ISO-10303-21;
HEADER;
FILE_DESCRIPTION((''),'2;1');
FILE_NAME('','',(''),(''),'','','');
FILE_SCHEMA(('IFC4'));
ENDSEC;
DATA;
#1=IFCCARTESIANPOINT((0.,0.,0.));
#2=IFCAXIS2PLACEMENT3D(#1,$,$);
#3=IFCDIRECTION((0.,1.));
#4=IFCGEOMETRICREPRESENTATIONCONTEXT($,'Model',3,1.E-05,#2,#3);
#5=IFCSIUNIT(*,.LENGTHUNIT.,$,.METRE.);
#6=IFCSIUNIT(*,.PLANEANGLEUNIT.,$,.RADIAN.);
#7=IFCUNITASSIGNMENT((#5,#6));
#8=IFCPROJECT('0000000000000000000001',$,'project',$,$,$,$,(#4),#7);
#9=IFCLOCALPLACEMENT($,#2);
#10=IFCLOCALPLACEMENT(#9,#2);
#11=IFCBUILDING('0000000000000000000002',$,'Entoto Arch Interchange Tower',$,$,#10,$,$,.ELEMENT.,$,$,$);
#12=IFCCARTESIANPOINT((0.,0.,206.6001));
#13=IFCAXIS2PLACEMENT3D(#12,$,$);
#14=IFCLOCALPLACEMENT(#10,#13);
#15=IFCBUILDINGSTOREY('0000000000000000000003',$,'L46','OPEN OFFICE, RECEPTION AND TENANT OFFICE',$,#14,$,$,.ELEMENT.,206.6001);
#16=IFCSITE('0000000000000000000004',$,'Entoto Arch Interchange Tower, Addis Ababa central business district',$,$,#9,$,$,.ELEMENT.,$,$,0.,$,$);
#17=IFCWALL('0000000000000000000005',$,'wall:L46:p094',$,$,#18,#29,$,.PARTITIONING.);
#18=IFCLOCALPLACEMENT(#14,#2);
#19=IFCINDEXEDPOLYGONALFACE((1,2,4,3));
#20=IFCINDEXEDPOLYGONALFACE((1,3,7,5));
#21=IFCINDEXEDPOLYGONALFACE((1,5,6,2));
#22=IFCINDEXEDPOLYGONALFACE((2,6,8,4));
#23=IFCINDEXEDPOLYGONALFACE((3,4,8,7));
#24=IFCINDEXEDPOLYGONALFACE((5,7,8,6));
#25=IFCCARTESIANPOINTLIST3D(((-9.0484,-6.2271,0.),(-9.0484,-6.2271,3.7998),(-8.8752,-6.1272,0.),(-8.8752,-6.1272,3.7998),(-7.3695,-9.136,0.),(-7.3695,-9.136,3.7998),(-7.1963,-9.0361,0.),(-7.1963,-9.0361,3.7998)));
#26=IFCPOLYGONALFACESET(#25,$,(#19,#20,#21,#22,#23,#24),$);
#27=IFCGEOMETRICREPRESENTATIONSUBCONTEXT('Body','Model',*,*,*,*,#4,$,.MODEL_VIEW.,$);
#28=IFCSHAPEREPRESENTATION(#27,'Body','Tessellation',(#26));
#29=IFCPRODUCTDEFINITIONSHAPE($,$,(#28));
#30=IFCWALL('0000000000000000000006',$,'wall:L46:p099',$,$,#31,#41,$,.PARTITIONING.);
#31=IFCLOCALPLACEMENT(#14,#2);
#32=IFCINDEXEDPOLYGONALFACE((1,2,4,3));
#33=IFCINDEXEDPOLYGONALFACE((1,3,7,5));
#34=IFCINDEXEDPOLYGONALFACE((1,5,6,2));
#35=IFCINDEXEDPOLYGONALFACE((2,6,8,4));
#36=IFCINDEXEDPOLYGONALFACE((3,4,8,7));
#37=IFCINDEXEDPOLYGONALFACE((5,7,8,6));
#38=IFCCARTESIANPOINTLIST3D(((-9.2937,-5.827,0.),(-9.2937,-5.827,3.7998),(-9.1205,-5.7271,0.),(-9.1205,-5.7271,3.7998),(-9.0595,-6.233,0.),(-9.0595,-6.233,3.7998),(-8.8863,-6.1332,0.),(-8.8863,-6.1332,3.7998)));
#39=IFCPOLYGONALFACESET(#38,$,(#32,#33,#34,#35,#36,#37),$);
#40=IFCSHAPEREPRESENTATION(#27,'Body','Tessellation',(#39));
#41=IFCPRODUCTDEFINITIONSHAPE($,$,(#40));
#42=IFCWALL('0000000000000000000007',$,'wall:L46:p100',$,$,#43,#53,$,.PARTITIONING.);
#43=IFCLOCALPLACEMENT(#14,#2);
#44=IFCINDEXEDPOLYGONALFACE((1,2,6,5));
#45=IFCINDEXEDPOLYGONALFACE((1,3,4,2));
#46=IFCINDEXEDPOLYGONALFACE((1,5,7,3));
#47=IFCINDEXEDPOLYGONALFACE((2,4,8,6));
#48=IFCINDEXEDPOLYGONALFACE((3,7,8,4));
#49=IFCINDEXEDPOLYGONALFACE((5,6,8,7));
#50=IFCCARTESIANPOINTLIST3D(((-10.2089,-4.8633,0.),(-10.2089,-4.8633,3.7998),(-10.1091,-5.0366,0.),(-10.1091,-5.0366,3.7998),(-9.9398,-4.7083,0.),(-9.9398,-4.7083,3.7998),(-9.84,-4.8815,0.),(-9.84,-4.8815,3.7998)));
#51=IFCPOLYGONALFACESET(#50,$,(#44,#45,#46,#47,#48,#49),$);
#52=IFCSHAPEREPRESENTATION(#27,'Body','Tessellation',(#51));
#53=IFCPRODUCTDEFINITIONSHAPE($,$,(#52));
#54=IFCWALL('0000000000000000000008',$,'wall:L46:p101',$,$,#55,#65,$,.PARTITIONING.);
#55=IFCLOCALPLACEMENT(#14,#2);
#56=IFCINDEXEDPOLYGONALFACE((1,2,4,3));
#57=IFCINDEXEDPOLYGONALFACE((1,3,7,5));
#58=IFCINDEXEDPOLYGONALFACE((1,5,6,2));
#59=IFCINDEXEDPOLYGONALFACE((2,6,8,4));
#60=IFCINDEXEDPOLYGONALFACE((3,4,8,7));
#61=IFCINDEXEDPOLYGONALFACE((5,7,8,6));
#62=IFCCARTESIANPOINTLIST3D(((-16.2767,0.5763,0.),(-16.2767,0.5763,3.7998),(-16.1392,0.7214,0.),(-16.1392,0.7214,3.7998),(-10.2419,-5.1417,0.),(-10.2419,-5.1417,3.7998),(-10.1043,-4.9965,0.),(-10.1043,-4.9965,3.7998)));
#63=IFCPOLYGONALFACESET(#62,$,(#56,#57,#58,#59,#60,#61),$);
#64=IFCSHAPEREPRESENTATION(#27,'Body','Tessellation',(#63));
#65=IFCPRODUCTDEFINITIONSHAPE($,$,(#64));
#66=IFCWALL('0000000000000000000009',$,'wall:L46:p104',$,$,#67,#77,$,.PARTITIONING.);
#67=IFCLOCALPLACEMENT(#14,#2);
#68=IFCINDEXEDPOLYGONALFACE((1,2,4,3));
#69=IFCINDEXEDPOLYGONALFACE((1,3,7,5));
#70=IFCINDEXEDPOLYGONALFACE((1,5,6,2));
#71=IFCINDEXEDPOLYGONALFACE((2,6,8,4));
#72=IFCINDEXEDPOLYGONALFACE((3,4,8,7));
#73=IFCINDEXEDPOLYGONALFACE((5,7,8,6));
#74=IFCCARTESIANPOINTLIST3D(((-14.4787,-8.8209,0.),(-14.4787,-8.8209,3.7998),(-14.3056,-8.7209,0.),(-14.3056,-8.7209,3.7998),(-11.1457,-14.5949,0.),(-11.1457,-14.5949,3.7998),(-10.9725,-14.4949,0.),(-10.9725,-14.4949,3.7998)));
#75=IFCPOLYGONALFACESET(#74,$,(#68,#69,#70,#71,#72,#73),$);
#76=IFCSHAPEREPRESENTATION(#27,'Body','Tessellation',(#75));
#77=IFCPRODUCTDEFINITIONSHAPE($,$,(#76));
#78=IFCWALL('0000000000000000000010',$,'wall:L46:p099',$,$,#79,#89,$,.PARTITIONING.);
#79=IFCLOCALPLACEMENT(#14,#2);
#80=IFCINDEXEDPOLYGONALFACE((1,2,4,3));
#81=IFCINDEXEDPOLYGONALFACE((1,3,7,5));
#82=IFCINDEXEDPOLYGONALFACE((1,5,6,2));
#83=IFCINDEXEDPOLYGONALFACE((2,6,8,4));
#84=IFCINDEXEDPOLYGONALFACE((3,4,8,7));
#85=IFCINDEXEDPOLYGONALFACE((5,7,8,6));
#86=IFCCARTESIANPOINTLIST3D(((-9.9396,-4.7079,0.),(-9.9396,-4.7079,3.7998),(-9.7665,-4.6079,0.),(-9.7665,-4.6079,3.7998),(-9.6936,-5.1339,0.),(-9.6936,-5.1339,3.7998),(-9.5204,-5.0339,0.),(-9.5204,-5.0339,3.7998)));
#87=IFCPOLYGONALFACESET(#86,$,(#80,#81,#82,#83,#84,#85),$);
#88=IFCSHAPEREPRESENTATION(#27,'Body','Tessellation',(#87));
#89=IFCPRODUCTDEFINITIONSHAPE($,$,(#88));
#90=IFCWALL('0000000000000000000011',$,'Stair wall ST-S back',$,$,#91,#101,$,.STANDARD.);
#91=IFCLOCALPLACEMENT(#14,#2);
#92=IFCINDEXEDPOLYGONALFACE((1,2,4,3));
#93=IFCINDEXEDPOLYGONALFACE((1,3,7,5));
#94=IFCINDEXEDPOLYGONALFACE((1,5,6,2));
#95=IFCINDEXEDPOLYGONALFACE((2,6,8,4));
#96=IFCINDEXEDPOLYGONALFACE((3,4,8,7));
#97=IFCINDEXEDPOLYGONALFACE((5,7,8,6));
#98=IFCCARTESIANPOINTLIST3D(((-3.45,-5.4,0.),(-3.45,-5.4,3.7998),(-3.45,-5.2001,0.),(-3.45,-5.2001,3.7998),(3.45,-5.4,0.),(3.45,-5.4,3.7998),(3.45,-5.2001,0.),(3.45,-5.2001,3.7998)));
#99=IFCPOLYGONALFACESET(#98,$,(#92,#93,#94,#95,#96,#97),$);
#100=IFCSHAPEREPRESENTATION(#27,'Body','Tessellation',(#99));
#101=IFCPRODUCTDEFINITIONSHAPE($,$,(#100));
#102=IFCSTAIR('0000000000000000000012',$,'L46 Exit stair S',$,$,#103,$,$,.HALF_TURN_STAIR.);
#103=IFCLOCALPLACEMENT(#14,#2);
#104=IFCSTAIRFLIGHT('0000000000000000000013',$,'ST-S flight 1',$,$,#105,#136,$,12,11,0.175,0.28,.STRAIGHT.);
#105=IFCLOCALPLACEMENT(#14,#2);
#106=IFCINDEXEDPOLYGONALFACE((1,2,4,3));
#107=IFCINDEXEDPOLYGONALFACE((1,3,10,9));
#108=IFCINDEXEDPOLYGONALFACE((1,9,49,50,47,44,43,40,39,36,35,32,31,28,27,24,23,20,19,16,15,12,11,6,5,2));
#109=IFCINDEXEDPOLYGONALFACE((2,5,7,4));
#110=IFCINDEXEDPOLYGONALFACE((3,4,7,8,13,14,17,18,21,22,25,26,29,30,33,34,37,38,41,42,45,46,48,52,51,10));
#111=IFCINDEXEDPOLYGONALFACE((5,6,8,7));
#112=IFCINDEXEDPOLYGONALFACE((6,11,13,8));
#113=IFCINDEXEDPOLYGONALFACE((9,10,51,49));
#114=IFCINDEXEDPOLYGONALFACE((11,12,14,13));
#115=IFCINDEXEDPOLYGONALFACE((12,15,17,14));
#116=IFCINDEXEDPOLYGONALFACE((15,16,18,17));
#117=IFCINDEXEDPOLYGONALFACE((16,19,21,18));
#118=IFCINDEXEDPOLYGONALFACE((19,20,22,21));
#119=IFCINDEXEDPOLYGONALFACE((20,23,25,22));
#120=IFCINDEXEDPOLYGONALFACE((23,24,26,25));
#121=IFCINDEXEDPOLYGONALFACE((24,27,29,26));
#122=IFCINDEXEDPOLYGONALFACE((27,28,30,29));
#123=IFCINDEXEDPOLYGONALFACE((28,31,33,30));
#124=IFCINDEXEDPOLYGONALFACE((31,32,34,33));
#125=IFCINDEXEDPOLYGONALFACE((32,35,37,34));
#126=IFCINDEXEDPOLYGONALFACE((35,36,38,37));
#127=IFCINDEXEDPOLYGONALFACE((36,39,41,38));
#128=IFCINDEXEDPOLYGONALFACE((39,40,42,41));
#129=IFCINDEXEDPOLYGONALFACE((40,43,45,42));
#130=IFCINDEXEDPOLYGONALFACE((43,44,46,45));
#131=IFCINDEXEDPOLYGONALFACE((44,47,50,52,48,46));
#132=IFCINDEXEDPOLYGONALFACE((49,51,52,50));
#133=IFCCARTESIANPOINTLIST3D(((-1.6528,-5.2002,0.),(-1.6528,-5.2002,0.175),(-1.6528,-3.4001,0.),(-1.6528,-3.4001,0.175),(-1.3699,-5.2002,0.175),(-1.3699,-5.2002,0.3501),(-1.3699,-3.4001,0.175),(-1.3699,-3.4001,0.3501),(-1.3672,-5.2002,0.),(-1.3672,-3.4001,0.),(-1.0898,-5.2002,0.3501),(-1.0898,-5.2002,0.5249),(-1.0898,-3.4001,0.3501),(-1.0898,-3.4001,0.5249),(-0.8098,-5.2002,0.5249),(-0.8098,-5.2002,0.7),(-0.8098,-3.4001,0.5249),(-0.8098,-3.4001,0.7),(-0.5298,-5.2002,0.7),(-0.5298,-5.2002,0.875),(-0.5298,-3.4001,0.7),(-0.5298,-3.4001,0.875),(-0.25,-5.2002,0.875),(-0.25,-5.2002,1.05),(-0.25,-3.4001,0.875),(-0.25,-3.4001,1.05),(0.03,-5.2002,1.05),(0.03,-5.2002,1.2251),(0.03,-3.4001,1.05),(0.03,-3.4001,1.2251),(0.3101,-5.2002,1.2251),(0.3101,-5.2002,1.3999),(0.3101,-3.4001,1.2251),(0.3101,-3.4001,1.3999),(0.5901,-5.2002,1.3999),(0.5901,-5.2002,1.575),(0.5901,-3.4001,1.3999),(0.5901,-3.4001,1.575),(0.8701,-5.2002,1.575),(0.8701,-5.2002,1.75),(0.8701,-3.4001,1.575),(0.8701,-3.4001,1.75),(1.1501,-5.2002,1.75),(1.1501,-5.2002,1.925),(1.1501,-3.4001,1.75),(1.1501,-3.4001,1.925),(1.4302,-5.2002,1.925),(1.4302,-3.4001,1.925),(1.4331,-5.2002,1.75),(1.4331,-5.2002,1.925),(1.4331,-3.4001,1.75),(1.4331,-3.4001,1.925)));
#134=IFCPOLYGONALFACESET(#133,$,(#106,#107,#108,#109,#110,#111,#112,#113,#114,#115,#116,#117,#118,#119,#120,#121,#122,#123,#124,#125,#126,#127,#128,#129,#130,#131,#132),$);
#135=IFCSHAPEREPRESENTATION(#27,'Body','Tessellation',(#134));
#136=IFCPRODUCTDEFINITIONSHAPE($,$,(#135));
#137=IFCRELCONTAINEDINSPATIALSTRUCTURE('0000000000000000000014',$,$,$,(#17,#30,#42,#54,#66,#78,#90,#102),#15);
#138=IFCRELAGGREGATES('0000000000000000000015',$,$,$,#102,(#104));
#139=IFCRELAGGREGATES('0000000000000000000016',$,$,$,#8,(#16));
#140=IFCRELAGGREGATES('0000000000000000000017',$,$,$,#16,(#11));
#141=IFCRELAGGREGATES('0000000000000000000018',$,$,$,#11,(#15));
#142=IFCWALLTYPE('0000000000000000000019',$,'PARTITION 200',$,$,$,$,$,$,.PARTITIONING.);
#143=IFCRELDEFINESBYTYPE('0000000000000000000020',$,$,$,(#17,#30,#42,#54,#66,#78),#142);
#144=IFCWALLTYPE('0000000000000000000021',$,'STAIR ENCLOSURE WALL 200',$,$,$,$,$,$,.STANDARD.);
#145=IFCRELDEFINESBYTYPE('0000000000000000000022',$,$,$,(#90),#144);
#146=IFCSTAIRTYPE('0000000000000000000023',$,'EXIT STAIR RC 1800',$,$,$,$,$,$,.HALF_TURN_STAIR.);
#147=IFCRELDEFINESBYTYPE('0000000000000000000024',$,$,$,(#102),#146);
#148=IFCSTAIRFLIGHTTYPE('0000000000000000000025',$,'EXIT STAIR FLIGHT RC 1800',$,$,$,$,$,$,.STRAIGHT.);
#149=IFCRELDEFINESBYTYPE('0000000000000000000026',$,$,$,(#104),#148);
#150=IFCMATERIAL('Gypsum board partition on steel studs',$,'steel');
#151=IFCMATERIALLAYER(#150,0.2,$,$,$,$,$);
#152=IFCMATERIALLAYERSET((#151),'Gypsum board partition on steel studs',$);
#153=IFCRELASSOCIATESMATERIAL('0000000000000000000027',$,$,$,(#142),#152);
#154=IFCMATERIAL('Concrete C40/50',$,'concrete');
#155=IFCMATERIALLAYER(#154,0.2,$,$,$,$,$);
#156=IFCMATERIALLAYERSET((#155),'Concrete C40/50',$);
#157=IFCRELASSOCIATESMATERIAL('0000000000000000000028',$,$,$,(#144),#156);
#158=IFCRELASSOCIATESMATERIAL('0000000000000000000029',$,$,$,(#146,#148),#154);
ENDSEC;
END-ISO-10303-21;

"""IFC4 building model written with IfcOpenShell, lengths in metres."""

from ifc_helpers import new_model, si_unit, direction, frame, frame_2d, origin, place, context, subcontext, project, spatial, polyline, rectangle, outline, extrude, material, layer, layer_set, type_object, element, aggregate, save


model = new_model("IFC4")

# Units and contexts
model_context = context("Model", 3, precision=1e-05, world=origin(), true_north=direction((0.0, 1.0)))
body_context = subcontext(model_context, "Body", "Model", "MODEL_VIEW")
ifc_project = project(units=[si_unit("LENGTHUNIT", "METRE"), si_unit("PLANEANGLEUNIT", "RADIAN")], contexts=[model_context])

# Site, building, storey
site_placement = place(None, origin())
site = spatial("IfcSite", under=ifc_project, at=site_placement, Name="Entoto Arch Interchange Tower, Addis Ababa central business district", CompositionType="ELEMENT", RefElevation=0.0)
building_placement = place(site_placement, origin())
building = spatial("IfcBuilding", under=site, at=building_placement, Name="Entoto Arch Interchange Tower", CompositionType="ELEMENT")
storey_placement = place(building_placement, frame((0.0, 0.0, 206.6001)))
storey = spatial("IfcBuildingStorey", under=building, at=storey_placement, Name="L46", Description="OPEN OFFICE, RECEPTION AND TENANT OFFICE", CompositionType="ELEMENT", Elevation=206.6001)

# Shared definitions
ifc_material_1 = material(Name="Concrete C40/50", Category="concrete")
ifc_material_2 = material(Name="Gypsum board partition on steel studs", Category="steel")
ifc_layer_1 = layer(ifc_material_2, 0.2)
ifc_layer_set_1 = layer_set([ifc_layer_1], Name="Gypsum board partition on steel studs")
wall_type_1 = type_object("IfcWallType", Name="PARTITION 200", PredefinedType="PARTITIONING", material=ifc_layer_set_1)

# Walls
wall_1_placement = place(storey_placement, frame((-7.283, -9.0859, 0.0), z_axis=(0.0, 0.0, 1.0), x_axis=(-0.499884, 0.866092, 0.0)))
element("IfcWall", 1, at=wall_1_placement, inside=storey, type_object=wall_type_1, Name="wall:L46:p094", PredefinedType="PARTITIONING", context=body_context, shape_type="SweptSolid", body=[
    extrude(rectangle(XDim=3.3586, YDim=0.2, at=frame_2d((1.6792, 0.0))), origin(), (0.0, 0.0, 1.0), 3.7998),
])
wall_2_placement = place(storey_placement, frame((-8.9729, -6.1831, 0.0), z_axis=(0.0, 0.0, 1.0), x_axis=(-0.499557, 0.866281, 0.0)))
element("IfcWall", 2, at=wall_2_placement, inside=storey, type_object=wall_type_1, Name="wall:L46:p099", PredefinedType="PARTITIONING", context=body_context, shape_type="SweptSolid", body=[
    extrude(rectangle(XDim=0.4688, YDim=0.2, at=frame_2d((0.2344, 0.0))), origin(), (0.0, 0.0, 1.0), 3.7998),
])
wall_3_placement = place(storey_placement, frame((-9.8899, -4.7949, 0.0), z_axis=(0.0, 0.0, 1.0), x_axis=(-0.866447, -0.499269, 0.0)))
element("IfcWall", 3, at=wall_3_placement, inside=storey, type_object=wall_type_1, Name="wall:L46:p100", PredefinedType="PARTITIONING", context=body_context, shape_type="SweptSolid", body=[
    extrude(rectangle(XDim=0.3105, YDim=0.2, at=frame_2d((0.1553, 0.0))), origin(), (0.0, 0.0, 1.0), 3.7998),
])
wall_4_placement = place(storey_placement, frame((-10.1731, -5.0691, 0.0), z_axis=(0.0, 0.0, 1.0), x_axis=(-0.725909, 0.687791, 0.0)))
element("IfcWall", 4, at=wall_4_placement, inside=storey, type_object=wall_type_1, Name="wall:L46:p101", PredefinedType="PARTITIONING", context=body_context, shape_type="SweptSolid", body=[
    extrude(rectangle(XDim=8.3135, YDim=0.2, at=frame_2d((4.1567, 0.0))), origin(), (0.0, 0.0, 1.0), 3.7998),
])
wall_5_placement = place(storey_placement, frame((-11.0591, -14.5449, 0.0), z_axis=(0.0, 0.0, 1.0), x_axis=(-0.499936, 0.866062, 0.0)))
element("IfcWall", 5, at=wall_5_placement, inside=storey, type_object=wall_type_1, Name="wall:L46:p104", PredefinedType="PARTITIONING", context=body_context, shape_type="SweptSolid", body=[
    extrude(rectangle(XDim=6.667, YDim=0.2, at=frame_2d((3.3335, 0.0))), origin(), (0.0, 0.0, 1.0), 3.7998),
])
wall_6_placement = place(storey_placement, frame((-9.6069, -5.084, 0.0), z_axis=(0.0, 0.0, 1.0), x_axis=(-0.500195, 0.865913, 0.0)))
element("IfcWall", 6, at=wall_6_placement, inside=storey, type_object=wall_type_1, Name="wall:L46:p099", PredefinedType="PARTITIONING", context=body_context, shape_type="SweptSolid", body=[
    extrude(rectangle(XDim=0.4919, YDim=0.2, at=frame_2d((0.2461, 0.0))), origin(), (0.0, 0.0, 1.0), 3.7998),
])
ifc_layer_2 = layer(ifc_material_1, 0.2)
ifc_layer_set_2 = layer_set([ifc_layer_2], Name="Concrete C40/50")
wall_type_2 = type_object("IfcWallType", Name="STAIR ENCLOSURE WALL 200", PredefinedType="STANDARD", material=ifc_layer_set_2)
wall_7_placement = place(storey_placement, frame((-3.45, -5.3, 0.0), z_axis=(0.0, 0.0, 1.0), x_axis=(1.0, 0.0, 0.0)))
element("IfcWall", 7, at=wall_7_placement, inside=storey, type_object=wall_type_2, Name="Stair wall ST-S back", PredefinedType="STANDARD", context=body_context, shape_type="SweptSolid", body=[
    extrude(rectangle(XDim=6.8999, YDim=0.2, at=frame_2d((3.45, 0.0))), origin(), (0.0, 0.0, 1.0), 3.7998),
])

# Stair, stair flight
stair_type = type_object("IfcStairType", Name="EXIT STAIR RC 1800", PredefinedType="HALF_TURN_STAIR", material=ifc_material_1)
stair_placement = place(storey_placement, origin())
stair = element("IfcStair", 8, at=stair_placement, inside=storey, type_object=stair_type, Name="L46 Exit stair S", PredefinedType="HALF_TURN_STAIR")
stair_flight_type = type_object("IfcStairFlightType", Name="EXIT STAIR FLIGHT RC 1800", PredefinedType="STRAIGHT", material=ifc_material_1)
stair_flight_placement = place(storey_placement, frame((-1.6499, -4.3, 0.0), z_axis=(0.0, 0.0, 1.0), x_axis=(1.0, 0.0, 0.0)))
stair_flight = element("IfcStairFlight", 9, at=stair_flight_placement, type_object=stair_flight_type, Name="ST-S flight 1", NumberOfRisers=12, NumberOfTreads=11, PredefinedType="STRAIGHT", RiserHeight=0.175, TreadLength=0.28, context=body_context, shape_type="SweptSolid", body=[
    extrude(outline(polyline([(-0.0029, 0.0), (-0.0029, 0.175), (0.28, 0.175), (0.28, 0.3501), (0.5601, 0.3501), (0.5601, 0.5249), (0.8401, 0.5249), (0.8401, 0.7), (1.1201, 0.7), (1.1201, 0.875), (1.3999, 0.875), (1.3999, 1.05), (1.6799, 1.05), (1.6799, 1.2251), (1.96, 1.2251), (1.96, 1.3999), (2.24, 1.3999), (2.24, 1.575), (2.52, 1.575), (2.52, 1.75), (2.8, 1.75), (2.8, 1.925), (3.0801, 1.925), (3.083, 1.925), (3.083, 1.75), (0.2827, 0.0), (-0.0029, 0.0)])), frame((0.0, 0.8999, 0.0), z_axis=(0.0, -1.0, 0.0), x_axis=(1.0, 0.0, 0.0)), (0.0, 0.0, 1.0), 1.8),
])
aggregate(stair, [stair_flight])

save(model, "model.ifc")
